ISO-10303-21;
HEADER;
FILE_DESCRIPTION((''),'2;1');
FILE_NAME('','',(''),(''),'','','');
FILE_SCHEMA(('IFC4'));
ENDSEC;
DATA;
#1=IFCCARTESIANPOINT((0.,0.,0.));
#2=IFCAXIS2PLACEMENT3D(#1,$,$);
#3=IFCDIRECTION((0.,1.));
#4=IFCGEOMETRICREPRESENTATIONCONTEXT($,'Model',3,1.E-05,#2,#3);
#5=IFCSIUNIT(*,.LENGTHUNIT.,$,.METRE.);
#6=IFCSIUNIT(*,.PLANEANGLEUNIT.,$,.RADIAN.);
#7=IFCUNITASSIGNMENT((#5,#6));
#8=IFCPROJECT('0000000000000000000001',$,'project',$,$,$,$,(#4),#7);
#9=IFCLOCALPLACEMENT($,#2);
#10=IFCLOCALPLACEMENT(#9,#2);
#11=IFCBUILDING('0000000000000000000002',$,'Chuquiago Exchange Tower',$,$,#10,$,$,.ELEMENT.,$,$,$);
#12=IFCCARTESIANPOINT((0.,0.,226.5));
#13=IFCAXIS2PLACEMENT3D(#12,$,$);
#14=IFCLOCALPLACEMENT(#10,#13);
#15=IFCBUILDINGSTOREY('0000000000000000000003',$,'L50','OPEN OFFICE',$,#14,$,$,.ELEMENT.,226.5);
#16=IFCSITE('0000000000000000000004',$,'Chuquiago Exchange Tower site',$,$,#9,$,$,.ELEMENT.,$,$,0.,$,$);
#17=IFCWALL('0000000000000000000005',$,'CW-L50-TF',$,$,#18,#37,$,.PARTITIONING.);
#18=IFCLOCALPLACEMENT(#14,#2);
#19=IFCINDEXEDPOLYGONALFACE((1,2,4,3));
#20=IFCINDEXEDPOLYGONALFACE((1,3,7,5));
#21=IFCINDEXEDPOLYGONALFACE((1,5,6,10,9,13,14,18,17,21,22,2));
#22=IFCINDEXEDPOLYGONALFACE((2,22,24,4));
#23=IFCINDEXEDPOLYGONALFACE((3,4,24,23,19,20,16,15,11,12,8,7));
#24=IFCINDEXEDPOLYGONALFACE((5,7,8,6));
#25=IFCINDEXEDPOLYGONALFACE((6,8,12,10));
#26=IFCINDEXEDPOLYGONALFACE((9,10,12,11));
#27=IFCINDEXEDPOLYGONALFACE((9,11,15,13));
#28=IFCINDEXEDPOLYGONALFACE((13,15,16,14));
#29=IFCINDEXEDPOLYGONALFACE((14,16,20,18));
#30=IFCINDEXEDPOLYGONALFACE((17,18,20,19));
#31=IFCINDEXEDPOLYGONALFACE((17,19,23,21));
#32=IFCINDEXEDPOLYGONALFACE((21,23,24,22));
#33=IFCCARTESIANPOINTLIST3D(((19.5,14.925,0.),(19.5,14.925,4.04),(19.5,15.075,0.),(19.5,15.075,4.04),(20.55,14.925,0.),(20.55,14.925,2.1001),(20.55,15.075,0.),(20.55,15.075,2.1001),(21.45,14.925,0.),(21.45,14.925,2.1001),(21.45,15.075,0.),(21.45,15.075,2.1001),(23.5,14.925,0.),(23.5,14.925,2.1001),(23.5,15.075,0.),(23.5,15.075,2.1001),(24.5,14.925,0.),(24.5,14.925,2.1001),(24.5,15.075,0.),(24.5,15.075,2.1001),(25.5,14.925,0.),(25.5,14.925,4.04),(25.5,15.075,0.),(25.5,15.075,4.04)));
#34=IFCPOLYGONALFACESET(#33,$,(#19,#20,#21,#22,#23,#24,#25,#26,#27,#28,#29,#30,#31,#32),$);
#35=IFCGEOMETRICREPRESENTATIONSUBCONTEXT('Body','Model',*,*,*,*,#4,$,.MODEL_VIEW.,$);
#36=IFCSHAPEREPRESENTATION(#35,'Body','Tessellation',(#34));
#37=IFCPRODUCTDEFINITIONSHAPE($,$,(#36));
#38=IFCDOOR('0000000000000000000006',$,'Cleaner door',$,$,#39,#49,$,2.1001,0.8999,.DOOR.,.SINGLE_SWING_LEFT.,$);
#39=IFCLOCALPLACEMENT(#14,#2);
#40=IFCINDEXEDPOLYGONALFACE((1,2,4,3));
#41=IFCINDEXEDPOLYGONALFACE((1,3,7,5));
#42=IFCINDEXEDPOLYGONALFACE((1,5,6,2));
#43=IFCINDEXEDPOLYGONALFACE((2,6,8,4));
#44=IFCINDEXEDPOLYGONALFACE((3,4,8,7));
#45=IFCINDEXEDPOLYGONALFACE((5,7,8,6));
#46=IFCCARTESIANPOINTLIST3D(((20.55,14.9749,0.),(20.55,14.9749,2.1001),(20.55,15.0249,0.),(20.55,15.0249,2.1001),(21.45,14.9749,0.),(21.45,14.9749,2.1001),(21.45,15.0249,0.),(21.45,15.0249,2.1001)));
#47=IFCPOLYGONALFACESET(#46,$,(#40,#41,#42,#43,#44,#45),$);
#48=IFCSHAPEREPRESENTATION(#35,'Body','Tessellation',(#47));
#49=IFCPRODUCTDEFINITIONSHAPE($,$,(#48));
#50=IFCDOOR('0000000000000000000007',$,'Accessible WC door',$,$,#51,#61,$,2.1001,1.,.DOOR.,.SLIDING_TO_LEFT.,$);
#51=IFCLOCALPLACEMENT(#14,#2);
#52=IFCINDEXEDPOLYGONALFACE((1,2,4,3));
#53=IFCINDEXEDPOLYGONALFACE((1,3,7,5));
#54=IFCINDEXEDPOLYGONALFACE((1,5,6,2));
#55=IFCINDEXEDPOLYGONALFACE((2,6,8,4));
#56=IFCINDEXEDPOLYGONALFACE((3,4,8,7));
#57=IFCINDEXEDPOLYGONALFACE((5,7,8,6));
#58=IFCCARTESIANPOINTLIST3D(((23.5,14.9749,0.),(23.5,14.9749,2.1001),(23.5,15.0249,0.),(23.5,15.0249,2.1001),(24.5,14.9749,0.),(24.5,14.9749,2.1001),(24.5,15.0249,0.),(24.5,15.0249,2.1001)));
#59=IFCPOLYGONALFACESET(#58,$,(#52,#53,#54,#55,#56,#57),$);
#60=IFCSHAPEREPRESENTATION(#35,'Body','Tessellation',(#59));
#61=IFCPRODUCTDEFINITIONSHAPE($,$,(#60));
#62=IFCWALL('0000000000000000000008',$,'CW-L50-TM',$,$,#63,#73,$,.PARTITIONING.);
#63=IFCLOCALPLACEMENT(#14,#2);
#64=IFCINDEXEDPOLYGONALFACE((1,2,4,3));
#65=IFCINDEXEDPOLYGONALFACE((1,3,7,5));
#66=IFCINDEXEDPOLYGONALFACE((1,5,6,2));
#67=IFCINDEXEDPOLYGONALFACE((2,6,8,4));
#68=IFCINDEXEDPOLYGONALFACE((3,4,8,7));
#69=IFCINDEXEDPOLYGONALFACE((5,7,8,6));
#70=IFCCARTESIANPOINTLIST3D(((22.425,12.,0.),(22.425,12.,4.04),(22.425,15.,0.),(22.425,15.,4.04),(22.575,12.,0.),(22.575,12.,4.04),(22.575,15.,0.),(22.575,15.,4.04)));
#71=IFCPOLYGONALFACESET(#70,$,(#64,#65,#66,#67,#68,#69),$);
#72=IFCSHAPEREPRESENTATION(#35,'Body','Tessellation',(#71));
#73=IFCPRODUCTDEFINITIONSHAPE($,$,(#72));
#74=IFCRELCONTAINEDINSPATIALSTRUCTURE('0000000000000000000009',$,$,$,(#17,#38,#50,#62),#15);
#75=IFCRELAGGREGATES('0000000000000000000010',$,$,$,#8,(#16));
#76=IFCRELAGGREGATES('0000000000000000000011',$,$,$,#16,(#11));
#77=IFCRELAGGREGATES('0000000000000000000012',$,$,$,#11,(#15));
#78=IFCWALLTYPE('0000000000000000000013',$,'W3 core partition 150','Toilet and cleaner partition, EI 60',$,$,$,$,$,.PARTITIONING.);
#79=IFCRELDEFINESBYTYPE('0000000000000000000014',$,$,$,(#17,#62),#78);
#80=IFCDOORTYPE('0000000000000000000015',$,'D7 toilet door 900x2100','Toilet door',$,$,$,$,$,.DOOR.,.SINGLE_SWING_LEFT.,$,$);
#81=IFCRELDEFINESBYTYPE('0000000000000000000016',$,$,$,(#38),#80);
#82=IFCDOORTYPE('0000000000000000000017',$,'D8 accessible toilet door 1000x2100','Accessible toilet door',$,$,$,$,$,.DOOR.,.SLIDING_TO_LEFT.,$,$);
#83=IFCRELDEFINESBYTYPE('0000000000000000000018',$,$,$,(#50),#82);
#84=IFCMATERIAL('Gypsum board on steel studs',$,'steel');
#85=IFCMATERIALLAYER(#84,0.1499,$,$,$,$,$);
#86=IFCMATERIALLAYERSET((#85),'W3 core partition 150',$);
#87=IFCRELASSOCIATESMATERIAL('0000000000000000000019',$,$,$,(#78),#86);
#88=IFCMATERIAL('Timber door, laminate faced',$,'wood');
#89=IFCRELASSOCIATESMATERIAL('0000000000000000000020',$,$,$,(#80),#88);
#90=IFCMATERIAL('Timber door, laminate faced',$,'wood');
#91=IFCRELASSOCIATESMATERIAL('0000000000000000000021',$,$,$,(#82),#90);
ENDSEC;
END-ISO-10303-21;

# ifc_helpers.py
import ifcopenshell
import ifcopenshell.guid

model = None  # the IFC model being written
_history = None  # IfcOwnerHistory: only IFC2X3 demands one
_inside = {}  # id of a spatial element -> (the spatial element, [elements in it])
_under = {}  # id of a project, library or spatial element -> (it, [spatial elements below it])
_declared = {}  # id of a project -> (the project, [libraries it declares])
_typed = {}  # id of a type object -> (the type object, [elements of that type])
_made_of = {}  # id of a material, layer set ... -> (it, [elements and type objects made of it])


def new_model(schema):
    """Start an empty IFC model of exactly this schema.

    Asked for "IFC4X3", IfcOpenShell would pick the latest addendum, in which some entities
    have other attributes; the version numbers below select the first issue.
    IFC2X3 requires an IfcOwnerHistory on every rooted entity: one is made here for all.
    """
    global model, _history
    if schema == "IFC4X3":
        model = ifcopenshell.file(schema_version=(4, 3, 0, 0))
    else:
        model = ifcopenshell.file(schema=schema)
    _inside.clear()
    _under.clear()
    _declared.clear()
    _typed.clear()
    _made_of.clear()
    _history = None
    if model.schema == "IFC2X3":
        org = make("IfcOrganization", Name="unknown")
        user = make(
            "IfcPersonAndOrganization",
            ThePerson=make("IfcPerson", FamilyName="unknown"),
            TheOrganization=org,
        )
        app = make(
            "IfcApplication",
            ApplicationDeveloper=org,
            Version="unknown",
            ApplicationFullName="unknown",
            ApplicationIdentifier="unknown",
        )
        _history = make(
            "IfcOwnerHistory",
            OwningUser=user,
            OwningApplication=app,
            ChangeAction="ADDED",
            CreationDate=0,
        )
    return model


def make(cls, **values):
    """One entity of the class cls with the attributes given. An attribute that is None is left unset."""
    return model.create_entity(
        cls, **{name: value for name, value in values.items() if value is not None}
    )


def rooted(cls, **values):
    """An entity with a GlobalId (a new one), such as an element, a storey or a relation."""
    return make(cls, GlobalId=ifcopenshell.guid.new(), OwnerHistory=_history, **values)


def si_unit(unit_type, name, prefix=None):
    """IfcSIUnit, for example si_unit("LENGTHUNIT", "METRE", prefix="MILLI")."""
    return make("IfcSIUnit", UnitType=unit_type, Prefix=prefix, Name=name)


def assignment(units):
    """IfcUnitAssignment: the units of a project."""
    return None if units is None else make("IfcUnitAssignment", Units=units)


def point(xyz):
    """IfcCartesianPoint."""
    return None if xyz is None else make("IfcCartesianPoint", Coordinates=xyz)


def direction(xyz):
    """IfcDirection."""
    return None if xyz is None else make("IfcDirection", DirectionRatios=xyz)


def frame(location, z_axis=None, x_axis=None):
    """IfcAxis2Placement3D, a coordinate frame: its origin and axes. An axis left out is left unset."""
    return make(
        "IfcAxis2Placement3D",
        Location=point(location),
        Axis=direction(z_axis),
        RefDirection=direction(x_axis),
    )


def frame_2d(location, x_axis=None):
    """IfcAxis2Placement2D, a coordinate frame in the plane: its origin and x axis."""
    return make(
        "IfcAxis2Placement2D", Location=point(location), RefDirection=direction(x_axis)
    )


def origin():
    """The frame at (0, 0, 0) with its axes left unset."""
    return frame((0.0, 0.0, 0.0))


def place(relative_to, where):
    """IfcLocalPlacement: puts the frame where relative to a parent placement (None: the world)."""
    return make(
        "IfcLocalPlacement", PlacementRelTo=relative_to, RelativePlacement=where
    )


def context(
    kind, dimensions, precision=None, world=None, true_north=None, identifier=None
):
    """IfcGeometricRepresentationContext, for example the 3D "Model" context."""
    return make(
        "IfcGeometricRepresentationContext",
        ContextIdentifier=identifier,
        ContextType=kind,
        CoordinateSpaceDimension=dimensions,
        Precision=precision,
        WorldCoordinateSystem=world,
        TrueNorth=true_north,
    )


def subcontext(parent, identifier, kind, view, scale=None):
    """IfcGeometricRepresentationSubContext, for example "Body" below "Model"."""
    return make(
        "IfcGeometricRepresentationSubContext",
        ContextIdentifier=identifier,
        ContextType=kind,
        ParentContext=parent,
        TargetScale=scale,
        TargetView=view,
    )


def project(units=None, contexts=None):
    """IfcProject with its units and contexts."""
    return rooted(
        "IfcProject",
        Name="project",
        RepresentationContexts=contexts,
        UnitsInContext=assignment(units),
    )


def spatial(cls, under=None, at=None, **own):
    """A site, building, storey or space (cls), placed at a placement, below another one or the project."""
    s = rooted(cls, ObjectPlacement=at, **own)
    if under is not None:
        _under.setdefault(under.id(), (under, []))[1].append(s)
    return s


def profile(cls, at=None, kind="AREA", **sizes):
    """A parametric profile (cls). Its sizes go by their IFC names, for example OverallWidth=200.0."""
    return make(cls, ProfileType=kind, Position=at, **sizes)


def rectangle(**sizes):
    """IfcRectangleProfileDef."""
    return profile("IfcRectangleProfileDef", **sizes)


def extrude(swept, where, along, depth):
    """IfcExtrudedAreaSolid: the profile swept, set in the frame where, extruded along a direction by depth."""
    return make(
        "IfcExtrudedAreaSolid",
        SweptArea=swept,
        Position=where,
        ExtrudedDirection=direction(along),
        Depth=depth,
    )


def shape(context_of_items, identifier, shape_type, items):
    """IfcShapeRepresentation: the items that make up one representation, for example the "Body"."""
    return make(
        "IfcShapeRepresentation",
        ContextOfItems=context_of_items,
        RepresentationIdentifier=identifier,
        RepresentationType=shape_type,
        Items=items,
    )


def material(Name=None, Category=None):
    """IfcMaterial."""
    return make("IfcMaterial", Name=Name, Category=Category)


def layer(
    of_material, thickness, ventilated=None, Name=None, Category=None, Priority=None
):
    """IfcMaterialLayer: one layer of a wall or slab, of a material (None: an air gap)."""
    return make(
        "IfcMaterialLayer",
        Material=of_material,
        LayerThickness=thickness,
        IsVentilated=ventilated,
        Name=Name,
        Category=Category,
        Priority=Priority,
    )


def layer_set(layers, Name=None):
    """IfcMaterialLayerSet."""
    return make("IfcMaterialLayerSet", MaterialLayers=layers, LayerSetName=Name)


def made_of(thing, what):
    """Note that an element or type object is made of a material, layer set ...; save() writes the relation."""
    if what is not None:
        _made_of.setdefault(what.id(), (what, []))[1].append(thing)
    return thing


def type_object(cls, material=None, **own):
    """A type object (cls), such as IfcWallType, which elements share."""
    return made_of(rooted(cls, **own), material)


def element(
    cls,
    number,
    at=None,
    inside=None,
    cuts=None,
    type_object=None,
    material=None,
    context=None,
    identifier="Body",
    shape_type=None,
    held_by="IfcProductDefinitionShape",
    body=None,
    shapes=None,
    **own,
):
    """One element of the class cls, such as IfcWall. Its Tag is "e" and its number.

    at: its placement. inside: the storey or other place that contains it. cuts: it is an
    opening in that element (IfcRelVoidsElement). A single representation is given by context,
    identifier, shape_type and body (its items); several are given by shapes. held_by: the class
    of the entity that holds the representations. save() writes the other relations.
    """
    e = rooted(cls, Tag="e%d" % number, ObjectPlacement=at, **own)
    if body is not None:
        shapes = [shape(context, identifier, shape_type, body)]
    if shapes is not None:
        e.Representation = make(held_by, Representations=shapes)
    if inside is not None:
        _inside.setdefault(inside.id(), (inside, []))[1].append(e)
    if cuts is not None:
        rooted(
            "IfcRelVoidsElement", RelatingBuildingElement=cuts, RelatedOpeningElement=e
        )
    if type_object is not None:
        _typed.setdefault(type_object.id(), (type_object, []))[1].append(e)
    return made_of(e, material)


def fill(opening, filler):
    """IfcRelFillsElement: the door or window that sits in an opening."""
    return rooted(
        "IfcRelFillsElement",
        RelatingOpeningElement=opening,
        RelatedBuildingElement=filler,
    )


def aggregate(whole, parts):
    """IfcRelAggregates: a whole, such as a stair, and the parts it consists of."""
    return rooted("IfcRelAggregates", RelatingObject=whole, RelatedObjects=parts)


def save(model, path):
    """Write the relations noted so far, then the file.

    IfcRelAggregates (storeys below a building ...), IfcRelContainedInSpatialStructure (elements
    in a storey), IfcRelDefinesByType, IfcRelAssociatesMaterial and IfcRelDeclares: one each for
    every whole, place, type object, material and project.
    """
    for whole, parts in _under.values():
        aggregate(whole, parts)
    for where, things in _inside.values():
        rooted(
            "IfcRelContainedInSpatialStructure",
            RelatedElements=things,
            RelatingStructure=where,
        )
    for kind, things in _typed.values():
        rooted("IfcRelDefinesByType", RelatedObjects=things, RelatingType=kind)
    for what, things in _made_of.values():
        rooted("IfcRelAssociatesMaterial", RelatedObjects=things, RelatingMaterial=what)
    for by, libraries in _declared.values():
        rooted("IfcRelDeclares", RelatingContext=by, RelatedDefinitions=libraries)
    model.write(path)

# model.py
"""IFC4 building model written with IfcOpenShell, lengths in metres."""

from ifc_helpers import new_model, si_unit, direction, frame, frame_2d, origin, place, context, subcontext, project, spatial, rectangle, extrude, material, layer, layer_set, type_object, element, fill, save


model = new_model("IFC4")

# Units and contexts
model_context = context("Model", 3, precision=1e-05, world=origin(), true_north=direction((0.0, 1.0)))
body_context = subcontext(model_context, "Body", "Model", "MODEL_VIEW")
ifc_project = project(units=[si_unit("LENGTHUNIT", "METRE"), si_unit("PLANEANGLEUNIT", "RADIAN")], contexts=[model_context])

# Site, building, storey
site_placement = place(None, origin())
site = spatial("IfcSite", under=ifc_project, at=site_placement, Name="Chuquiago Exchange Tower site", CompositionType="ELEMENT", RefElevation=0.0)
building_placement = place(site_placement, origin())
building = spatial("IfcBuilding", under=site, at=building_placement, Name="Chuquiago Exchange Tower", CompositionType="ELEMENT")
storey_placement = place(building_placement, frame((0.0, 0.0, 226.5)))
storey = spatial("IfcBuildingStorey", under=building, at=storey_placement, Name="L50", Description="OPEN OFFICE", CompositionType="ELEMENT", Elevation=226.5)

# Wall, openings, doors
ifc_material_1 = material(Name="Gypsum board on steel studs", Category="steel")
ifc_layer_1 = layer(ifc_material_1, 0.1499)
ifc_layer_set_1 = layer_set([ifc_layer_1], Name="W3 core partition 150")
wall_type_1 = type_object("IfcWallType", Name="W3 core partition 150", Description="Toilet and cleaner partition, EI 60", PredefinedType="PARTITIONING", material=ifc_layer_set_1)
wall_1_placement = place(storey_placement, frame((19.5, 15.0, 0.0), z_axis=(0.0, 0.0, 1.0), x_axis=(1.0, 0.0, 0.0)))
wall_1 = element("IfcWall", 1, at=wall_1_placement, inside=storey, type_object=wall_type_1, Name="CW-L50-TF", PredefinedType="PARTITIONING", context=body_context, shape_type="SweptSolid", body=[
    extrude(rectangle(XDim=6.0, YDim=0.1499, at=frame_2d((3.0, 0.0))), origin(), (0.0, 0.0, 1.0), 4.04),
])
opening_1_placement = place(wall_1_placement, frame((4.0, 0.0, 0.0)))
opening_1 = element("IfcOpeningElement", 2, at=opening_1_placement, cuts=wall_1, PredefinedType="OPENING", context=body_context, shape_type="SweptSolid", body=[
    extrude(rectangle(XDim=1.0, YDim=2.1001, at=frame_2d((0.5, 1.05))), frame((0.0, 0.085, 0.0), z_axis=(0.0, -1.0, 0.0), x_axis=(1.0, 0.0, 0.0)), (0.0, 0.0, 1.0), 0.1699),
])
opening_2_placement = place(wall_1_placement, frame((1.05, 0.0, 0.0)))
opening_2 = element("IfcOpeningElement", 3, at=opening_2_placement, cuts=wall_1, PredefinedType="OPENING", context=body_context, shape_type="SweptSolid", body=[
    extrude(rectangle(XDim=0.8999, YDim=2.1001, at=frame_2d((0.45, 1.05))), frame((0.0, 0.085, 0.0), z_axis=(0.0, -1.0, 0.0), x_axis=(1.0, 0.0, 0.0)), (0.0, 0.0, 1.0), 0.1699),
])
ifc_material_2 = material(Name="Timber door, laminate faced", Category="wood")
door_type_1 = type_object("IfcDoorType", Name="D7 toilet door 900x2100", Description="Toilet door", OperationType="SINGLE_SWING_LEFT", PredefinedType="DOOR", material=ifc_material_2)
door_1_placement = place(opening_2_placement, origin())
door_1 = element("IfcDoor", 4, at=door_1_placement, inside=storey, type_object=door_type_1, Name="Cleaner door", OperationType="SINGLE_SWING_LEFT", OverallHeight=2.1001, OverallWidth=0.8999, PredefinedType="DOOR", context=body_context, shape_type="SweptSolid", body=[
    extrude(rectangle(XDim=0.8999, YDim=2.1001, at=frame_2d((0.45, 1.05))), frame((0.0, 0.0249, 0.0), z_axis=(0.0, -1.0, 0.0), x_axis=(1.0, 0.0, 0.0)), (0.0, 0.0, 1.0), 0.05),
])
fill(opening_2, door_1)
ifc_material_3 = material(Name="Timber door, laminate faced", Category="wood")
door_type_2 = type_object("IfcDoorType", Name="D8 accessible toilet door 1000x2100", Description="Accessible toilet door", OperationType="SLIDING_TO_LEFT", PredefinedType="DOOR", material=ifc_material_3)
door_2_placement = place(opening_1_placement, origin())
door_2 = element("IfcDoor", 5, at=door_2_placement, inside=storey, type_object=door_type_2, Name="Accessible WC door", OperationType="SLIDING_TO_LEFT", OverallHeight=2.1001, OverallWidth=1.0, PredefinedType="DOOR", context=body_context, shape_type="SweptSolid", body=[
    extrude(rectangle(XDim=1.0, YDim=2.1001, at=frame_2d((0.5, 1.05))), frame((0.0, 0.0249, 0.0), z_axis=(0.0, -1.0, 0.0), x_axis=(1.0, 0.0, 0.0)), (0.0, 0.0, 1.0), 0.05),
])
fill(opening_1, door_2)

# Wall
wall_2_placement = place(storey_placement, frame((22.5, 15.0, 0.0), z_axis=(0.0, 0.0, 1.0), x_axis=(0.0, -1.0, 0.0)))
element("IfcWall", 6, at=wall_2_placement, inside=storey, type_object=wall_type_1, Name="CW-L50-TM", PredefinedType="PARTITIONING", context=body_context, shape_type="SweptSolid", body=[
    extrude(rectangle(XDim=3.0, YDim=0.1499, at=frame_2d((1.5, 0.0))), origin(), (0.0, 0.0, 1.0), 4.04),
])

save(model, "model.ifc")
